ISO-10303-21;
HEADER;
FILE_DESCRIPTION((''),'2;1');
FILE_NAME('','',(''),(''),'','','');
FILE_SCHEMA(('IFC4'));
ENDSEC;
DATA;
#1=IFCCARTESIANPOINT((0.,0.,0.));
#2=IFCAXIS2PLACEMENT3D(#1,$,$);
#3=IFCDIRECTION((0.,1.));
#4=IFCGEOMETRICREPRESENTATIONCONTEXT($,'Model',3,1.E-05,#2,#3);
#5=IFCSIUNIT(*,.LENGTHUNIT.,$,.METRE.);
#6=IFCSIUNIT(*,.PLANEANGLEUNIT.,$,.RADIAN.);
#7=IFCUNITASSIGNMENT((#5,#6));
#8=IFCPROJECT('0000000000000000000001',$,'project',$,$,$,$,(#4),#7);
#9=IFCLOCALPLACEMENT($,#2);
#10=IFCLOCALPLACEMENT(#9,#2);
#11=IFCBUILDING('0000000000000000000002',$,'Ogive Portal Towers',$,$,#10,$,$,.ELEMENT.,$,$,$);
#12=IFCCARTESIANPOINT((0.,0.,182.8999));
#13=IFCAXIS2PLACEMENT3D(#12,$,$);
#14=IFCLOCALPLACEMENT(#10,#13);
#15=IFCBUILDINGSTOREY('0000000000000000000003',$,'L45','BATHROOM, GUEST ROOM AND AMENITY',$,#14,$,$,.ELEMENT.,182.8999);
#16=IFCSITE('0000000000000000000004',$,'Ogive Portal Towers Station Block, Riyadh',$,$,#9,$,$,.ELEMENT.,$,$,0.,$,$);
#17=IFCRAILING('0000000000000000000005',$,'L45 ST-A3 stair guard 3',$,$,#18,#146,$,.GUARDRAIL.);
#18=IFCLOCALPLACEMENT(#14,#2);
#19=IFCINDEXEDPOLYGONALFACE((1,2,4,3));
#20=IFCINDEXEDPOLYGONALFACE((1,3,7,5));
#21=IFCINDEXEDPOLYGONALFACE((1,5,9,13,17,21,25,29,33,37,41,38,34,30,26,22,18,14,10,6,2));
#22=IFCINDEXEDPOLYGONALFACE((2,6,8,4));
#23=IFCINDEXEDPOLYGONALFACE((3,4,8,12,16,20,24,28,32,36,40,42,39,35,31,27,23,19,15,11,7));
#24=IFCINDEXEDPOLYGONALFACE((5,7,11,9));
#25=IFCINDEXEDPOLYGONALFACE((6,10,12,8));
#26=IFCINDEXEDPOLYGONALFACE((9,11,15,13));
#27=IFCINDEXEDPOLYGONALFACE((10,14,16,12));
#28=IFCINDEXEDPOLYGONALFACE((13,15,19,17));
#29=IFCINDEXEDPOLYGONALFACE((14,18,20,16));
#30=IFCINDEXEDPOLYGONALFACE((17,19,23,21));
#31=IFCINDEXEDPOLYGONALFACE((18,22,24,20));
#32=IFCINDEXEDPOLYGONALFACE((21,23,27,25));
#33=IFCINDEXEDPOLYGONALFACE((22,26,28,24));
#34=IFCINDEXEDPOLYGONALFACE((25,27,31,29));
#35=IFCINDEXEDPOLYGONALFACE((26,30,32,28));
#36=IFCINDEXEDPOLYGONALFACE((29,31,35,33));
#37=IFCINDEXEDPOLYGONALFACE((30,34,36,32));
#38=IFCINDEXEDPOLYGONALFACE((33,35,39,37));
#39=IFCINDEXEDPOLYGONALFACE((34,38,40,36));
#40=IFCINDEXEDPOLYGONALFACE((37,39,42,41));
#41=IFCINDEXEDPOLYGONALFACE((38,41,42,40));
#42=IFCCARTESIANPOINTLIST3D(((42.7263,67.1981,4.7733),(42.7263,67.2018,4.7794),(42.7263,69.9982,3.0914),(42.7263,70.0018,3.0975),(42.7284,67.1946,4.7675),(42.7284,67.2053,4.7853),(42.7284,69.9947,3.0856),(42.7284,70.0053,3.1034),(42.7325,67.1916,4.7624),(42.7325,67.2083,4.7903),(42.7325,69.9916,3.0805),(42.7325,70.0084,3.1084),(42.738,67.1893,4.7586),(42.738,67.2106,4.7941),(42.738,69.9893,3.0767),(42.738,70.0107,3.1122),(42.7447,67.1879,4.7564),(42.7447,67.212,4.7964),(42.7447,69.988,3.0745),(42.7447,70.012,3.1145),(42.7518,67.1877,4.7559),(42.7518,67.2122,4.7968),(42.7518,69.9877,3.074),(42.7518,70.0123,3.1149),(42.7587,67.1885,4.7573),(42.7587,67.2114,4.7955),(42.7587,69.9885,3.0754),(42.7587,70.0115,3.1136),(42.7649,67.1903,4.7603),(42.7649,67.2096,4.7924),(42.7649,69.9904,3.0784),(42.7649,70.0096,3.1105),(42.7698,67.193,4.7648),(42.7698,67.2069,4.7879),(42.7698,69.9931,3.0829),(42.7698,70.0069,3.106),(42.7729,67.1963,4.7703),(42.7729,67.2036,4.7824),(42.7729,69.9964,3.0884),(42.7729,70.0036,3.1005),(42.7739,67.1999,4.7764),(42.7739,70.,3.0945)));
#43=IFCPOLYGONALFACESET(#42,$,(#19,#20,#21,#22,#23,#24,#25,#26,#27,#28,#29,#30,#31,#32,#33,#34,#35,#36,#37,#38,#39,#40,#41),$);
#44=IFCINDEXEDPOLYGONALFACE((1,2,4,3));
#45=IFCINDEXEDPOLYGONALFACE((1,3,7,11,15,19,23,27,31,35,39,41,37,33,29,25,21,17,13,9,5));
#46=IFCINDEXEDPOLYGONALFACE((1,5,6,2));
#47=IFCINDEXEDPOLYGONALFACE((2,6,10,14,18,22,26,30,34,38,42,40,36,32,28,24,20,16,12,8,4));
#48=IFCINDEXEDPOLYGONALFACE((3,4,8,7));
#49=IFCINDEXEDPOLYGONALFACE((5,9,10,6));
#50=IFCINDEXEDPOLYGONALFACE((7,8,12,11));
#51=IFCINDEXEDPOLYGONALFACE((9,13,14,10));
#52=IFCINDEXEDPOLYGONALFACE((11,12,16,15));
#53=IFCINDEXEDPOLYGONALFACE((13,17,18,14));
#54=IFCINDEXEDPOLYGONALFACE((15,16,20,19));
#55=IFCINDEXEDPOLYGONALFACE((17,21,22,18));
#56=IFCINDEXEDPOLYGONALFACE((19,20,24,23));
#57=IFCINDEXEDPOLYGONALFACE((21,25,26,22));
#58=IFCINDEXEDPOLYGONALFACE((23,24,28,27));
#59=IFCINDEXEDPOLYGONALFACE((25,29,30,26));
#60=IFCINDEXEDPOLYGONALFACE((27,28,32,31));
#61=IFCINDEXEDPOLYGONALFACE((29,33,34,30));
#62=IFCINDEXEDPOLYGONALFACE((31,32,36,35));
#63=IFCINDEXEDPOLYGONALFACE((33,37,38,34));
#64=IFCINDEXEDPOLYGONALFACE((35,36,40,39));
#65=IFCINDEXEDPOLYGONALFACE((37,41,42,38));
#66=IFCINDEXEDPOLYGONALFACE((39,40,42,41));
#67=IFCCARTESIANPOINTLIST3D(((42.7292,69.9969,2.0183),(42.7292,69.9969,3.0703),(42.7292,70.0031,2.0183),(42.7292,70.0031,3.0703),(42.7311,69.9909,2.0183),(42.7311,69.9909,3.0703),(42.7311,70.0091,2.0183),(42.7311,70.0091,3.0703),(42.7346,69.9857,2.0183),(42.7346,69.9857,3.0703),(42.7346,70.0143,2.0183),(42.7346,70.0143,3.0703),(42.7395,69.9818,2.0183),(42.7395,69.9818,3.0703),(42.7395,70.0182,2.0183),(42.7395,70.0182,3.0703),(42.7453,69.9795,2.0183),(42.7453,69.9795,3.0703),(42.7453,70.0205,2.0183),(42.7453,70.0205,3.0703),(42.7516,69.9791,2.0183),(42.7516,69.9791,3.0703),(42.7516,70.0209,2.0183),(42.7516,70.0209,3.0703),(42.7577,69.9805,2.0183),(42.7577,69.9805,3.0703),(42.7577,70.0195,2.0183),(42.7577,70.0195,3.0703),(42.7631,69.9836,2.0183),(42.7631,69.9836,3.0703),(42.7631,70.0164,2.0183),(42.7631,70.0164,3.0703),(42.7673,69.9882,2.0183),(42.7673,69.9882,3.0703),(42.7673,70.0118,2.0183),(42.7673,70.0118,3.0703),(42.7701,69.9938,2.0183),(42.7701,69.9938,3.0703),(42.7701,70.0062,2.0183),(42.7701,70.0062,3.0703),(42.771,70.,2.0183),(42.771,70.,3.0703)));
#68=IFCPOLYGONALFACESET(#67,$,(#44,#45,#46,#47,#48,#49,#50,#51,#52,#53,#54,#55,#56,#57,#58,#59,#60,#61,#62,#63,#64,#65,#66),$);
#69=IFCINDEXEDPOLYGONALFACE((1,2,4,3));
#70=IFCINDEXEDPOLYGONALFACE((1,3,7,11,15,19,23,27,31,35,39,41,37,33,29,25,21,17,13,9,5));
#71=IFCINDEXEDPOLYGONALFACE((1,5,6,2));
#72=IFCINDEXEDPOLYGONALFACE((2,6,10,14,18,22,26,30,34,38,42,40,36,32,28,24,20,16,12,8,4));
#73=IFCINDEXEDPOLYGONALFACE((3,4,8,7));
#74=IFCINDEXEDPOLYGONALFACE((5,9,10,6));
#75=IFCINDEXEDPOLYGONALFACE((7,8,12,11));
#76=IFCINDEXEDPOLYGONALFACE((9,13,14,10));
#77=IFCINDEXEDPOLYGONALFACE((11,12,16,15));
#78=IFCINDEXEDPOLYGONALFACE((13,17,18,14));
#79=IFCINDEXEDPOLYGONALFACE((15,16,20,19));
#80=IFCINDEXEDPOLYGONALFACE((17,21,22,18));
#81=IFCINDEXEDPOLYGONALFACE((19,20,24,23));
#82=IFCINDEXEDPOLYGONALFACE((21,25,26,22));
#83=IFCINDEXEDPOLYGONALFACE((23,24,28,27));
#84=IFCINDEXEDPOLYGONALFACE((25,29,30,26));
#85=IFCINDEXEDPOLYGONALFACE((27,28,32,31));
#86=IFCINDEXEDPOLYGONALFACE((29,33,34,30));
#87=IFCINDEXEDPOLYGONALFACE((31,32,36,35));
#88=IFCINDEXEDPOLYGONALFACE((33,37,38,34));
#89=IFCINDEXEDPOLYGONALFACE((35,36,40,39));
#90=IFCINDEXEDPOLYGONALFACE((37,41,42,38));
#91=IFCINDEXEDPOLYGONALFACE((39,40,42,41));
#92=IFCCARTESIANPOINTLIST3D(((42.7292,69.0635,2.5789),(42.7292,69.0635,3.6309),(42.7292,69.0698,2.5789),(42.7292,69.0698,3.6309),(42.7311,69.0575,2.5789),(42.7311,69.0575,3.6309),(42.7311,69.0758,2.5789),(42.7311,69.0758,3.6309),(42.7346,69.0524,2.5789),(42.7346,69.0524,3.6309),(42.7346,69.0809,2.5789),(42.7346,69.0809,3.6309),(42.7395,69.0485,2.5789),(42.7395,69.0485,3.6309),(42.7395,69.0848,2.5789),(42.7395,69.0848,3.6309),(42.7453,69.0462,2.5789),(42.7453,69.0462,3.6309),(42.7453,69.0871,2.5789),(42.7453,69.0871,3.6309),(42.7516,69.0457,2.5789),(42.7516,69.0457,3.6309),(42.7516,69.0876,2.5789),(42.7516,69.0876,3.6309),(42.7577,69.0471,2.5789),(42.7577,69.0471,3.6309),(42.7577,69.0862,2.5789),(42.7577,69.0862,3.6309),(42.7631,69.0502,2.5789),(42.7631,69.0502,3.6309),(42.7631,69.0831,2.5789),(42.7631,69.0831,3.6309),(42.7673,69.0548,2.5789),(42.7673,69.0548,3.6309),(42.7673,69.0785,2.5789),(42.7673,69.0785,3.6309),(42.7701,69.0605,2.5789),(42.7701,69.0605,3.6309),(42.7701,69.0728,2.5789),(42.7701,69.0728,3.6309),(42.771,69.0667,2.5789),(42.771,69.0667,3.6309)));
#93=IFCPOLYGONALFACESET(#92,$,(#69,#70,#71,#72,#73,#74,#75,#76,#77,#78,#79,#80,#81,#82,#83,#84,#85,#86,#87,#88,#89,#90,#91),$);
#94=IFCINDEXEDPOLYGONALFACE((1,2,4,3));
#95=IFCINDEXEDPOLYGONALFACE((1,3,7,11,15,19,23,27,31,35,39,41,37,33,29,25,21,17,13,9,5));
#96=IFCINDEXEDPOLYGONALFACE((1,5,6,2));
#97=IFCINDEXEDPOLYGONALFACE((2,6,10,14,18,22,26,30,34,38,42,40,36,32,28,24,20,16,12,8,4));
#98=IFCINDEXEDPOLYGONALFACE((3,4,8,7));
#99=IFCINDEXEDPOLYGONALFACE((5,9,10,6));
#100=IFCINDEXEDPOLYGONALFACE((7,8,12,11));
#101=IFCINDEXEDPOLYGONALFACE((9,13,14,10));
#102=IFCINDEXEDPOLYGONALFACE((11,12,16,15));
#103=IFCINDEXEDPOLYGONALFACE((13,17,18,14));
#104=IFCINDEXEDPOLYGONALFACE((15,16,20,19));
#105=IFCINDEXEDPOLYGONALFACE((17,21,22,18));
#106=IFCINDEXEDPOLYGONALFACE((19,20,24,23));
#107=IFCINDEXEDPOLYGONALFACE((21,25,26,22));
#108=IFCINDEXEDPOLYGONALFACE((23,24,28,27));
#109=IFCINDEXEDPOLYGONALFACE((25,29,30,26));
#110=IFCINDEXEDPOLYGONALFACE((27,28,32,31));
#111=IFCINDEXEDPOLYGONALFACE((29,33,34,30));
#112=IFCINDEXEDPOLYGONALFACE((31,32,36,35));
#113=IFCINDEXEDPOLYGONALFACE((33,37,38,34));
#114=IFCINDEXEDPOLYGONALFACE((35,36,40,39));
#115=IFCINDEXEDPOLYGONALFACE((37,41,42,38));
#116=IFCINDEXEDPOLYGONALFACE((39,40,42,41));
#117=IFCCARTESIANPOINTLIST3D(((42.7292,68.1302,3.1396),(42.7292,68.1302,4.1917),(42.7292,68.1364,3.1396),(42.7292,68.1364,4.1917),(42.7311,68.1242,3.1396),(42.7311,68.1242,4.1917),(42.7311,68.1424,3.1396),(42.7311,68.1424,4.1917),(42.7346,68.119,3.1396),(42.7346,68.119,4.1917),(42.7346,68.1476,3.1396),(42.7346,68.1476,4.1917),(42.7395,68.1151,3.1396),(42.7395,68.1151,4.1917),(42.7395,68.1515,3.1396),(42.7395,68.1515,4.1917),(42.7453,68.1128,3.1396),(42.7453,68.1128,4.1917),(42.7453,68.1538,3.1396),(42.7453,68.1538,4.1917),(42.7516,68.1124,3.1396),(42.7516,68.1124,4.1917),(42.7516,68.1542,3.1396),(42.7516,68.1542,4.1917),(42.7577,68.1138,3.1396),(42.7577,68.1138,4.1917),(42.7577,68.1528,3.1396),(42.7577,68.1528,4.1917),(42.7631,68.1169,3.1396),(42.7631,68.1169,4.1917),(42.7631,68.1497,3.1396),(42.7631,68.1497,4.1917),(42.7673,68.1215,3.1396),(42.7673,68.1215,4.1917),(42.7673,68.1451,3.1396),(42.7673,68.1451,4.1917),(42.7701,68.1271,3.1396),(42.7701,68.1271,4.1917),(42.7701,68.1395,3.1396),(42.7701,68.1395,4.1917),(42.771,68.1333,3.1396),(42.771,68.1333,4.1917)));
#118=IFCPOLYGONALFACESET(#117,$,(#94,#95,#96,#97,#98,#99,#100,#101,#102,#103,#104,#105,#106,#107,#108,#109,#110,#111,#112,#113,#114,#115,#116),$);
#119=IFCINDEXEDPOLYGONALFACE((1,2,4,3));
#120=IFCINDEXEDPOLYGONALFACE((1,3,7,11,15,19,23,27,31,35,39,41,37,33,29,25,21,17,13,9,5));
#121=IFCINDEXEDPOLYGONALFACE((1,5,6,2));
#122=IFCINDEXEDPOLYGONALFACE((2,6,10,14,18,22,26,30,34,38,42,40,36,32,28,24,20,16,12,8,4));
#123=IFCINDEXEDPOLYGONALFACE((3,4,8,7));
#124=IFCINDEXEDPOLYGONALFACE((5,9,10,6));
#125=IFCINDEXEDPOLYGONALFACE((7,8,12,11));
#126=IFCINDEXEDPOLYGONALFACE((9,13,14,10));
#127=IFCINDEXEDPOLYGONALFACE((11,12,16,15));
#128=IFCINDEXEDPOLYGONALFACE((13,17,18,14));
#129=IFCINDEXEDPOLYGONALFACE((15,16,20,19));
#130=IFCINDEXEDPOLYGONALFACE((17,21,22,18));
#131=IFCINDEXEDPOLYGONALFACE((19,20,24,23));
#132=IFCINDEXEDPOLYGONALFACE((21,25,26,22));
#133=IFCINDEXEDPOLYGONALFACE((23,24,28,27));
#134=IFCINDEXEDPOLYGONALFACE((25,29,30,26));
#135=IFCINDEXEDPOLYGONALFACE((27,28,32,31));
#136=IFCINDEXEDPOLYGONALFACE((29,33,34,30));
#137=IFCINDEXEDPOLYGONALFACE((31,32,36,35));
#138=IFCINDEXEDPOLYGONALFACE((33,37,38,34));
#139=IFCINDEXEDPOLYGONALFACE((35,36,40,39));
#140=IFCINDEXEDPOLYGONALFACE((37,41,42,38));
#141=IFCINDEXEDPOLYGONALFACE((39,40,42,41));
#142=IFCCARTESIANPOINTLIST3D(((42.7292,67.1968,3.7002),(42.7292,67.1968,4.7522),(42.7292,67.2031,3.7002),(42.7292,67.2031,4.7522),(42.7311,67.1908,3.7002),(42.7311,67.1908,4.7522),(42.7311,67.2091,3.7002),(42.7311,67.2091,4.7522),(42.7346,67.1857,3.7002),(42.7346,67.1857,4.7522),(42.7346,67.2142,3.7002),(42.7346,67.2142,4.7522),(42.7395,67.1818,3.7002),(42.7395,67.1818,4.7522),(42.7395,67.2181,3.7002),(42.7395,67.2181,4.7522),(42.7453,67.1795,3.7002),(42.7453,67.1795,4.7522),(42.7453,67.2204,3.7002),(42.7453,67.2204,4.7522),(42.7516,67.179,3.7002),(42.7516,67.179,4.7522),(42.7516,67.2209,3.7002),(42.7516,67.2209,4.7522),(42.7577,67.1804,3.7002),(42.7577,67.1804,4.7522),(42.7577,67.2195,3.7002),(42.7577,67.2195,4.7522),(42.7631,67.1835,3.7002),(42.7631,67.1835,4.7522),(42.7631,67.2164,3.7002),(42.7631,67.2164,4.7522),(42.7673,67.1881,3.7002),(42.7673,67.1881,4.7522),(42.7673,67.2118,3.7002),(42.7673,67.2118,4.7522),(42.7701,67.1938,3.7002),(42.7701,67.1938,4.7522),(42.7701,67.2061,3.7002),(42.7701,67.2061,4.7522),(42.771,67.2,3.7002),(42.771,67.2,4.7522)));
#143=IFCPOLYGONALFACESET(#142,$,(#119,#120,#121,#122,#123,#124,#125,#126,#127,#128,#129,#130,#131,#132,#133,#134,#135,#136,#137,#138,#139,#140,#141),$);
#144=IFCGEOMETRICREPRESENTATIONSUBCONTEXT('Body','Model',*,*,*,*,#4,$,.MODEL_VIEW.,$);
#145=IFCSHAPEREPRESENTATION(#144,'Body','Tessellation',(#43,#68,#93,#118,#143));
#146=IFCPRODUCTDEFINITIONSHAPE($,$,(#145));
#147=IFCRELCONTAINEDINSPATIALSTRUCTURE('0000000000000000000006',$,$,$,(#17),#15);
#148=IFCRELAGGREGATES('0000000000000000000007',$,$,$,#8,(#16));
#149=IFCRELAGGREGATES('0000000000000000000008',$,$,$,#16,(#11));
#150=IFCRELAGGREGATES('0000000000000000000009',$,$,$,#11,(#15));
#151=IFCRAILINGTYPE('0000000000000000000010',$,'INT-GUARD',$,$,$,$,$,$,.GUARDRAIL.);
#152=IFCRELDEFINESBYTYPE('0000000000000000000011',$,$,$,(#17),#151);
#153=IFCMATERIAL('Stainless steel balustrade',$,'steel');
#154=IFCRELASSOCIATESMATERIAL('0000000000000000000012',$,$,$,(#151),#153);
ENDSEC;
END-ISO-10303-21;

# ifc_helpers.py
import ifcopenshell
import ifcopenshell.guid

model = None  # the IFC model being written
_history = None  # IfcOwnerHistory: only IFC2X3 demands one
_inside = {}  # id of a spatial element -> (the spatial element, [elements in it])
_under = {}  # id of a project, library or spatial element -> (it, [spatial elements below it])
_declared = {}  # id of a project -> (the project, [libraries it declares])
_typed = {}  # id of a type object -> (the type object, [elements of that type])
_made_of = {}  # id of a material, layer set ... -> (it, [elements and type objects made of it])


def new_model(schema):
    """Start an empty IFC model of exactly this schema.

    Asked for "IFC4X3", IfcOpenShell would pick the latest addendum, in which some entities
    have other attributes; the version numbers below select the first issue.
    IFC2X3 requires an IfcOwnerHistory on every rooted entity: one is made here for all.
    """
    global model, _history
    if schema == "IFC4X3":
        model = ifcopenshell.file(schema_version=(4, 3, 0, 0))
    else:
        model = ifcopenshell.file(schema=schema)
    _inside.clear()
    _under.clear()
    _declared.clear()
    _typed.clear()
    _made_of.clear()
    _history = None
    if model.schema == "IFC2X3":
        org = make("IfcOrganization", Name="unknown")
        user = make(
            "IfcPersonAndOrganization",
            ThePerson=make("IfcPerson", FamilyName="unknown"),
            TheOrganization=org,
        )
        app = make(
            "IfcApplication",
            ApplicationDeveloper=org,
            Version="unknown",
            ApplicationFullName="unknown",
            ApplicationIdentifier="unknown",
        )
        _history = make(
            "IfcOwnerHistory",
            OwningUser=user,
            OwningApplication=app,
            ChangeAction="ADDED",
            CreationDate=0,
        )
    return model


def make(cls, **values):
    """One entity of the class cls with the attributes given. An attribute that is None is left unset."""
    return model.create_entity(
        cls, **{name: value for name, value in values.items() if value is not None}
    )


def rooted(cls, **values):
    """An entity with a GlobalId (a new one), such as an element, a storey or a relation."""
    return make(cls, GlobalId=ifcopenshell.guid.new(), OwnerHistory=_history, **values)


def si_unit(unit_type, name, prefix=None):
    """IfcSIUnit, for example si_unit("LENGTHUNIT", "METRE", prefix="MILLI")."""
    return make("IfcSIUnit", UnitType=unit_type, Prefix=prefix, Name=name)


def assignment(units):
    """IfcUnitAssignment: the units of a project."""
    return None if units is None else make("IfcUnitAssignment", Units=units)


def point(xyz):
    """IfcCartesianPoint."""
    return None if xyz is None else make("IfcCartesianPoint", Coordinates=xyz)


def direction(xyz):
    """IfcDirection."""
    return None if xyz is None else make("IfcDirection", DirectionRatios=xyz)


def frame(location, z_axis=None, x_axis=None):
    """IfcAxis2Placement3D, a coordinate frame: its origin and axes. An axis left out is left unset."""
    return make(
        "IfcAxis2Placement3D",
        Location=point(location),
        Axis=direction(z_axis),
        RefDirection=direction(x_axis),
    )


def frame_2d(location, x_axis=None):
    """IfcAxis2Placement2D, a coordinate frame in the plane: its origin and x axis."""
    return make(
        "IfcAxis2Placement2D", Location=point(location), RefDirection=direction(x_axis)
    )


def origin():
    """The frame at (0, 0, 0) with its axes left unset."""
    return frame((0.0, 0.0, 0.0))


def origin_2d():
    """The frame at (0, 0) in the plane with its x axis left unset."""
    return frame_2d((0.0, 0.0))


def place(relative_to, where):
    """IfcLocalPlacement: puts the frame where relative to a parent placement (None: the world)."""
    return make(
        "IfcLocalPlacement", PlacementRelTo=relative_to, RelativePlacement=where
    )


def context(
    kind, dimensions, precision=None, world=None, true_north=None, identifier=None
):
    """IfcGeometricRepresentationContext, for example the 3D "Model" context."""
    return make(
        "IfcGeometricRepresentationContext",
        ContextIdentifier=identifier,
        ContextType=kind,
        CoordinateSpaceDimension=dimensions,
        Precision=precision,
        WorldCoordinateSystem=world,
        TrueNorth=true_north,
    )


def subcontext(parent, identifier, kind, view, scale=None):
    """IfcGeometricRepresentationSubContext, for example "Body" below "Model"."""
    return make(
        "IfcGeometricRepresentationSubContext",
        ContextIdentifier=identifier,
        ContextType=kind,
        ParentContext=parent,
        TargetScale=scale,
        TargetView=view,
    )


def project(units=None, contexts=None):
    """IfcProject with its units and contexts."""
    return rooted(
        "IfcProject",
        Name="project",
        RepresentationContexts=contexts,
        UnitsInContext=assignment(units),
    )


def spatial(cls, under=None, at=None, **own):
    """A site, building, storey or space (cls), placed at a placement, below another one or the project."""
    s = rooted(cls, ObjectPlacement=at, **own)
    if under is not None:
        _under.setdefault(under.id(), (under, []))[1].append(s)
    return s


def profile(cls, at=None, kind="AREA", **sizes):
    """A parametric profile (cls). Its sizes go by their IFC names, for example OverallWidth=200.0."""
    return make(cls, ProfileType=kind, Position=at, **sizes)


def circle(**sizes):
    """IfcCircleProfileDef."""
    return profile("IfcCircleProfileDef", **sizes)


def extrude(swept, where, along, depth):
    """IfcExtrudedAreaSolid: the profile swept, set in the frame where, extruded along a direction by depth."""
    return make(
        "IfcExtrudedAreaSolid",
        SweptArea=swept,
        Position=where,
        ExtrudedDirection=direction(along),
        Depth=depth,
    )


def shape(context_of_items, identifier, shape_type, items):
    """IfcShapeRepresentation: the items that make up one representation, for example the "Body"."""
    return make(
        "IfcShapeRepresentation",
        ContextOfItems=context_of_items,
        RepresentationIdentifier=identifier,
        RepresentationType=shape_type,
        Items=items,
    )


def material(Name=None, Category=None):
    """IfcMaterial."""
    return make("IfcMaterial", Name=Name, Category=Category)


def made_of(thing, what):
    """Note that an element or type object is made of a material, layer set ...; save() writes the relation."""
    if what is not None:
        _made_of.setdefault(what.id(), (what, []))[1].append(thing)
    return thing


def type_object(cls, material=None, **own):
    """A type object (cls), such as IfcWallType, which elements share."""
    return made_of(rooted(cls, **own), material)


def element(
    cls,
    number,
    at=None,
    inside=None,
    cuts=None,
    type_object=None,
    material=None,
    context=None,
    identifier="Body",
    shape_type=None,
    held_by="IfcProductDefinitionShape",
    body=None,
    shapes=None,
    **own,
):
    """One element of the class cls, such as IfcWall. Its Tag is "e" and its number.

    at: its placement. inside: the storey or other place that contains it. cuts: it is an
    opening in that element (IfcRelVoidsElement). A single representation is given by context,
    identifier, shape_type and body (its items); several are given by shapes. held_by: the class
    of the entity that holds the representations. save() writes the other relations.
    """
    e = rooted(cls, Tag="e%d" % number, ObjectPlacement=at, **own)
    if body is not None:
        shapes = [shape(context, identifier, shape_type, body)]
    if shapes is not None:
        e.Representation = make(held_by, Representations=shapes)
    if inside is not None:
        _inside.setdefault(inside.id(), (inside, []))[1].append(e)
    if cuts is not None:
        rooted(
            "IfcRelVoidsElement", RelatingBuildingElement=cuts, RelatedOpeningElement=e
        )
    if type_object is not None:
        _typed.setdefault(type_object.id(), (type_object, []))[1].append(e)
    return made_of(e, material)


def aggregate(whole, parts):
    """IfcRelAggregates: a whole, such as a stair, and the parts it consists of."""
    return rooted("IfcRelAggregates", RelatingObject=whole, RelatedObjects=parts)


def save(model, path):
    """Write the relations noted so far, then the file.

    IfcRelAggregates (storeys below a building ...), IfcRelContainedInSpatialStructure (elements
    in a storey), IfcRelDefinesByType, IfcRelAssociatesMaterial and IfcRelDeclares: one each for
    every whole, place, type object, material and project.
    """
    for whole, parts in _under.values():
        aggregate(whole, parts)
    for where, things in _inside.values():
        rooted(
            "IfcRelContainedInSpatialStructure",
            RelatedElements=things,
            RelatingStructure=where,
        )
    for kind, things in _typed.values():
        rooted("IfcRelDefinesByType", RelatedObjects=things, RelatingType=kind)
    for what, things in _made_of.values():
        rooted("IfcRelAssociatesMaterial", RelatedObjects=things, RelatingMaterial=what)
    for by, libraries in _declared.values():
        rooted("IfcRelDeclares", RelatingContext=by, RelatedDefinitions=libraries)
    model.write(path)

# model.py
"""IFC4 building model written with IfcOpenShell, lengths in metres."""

from ifc_helpers import new_model, si_unit, direction, frame, origin, origin_2d, place, context, subcontext, project, spatial, circle, extrude, material, type_object, element, save


model = new_model("IFC4")

# Units and contexts
model_context = context("Model", 3, precision=1e-05, world=origin(), true_north=direction((0.0, 1.0)))
body_context = subcontext(model_context, "Body", "Model", "MODEL_VIEW")
ifc_project = project(units=[si_unit("LENGTHUNIT", "METRE"), si_unit("PLANEANGLEUNIT", "RADIAN")], contexts=[model_context])

# Site, building, storey
site_placement = place(None, origin())
site = spatial("IfcSite", under=ifc_project, at=site_placement, Name="Ogive Portal Towers Station Block, Riyadh", CompositionType="ELEMENT", RefElevation=0.0)
building_placement = place(site_placement, origin())
building = spatial("IfcBuilding", under=site, at=building_placement, Name="Ogive Portal Towers", CompositionType="ELEMENT")
storey_placement = place(building_placement, frame((0.0, 0.0, 182.8999)))
storey = spatial("IfcBuildingStorey", under=building, at=storey_placement, Name="L45", Description="BATHROOM, GUEST ROOM AND AMENITY", CompositionType="ELEMENT", Elevation=182.8999)

# Railing
ifc_material_1 = material(Name="Stainless steel balustrade", Category="steel")
railing_type_1 = type_object("IfcRailingType", Name="INT-GUARD", PredefinedType="GUARDRAIL", material=ifc_material_1)
railing_1_placement = place(storey_placement, frame((42.75, 70.0, 2.0183)))
element("IfcRailing", 1, at=railing_1_placement, inside=storey, type_object=railing_type_1, Name="L45 ST-A3 stair guard 3", PredefinedType="GUARDRAIL", context=body_context, shape_type="SweptSolid", body=[
    extrude(circle(Radius=0.0239, at=origin_2d()), frame((0.0, 0.0, 1.0762), z_axis=(0.0, -0.857242, 0.514913), x_axis=(1.0, 0.0, 0.0)), (0.0, 0.0, 1.0), 3.2664),
    extrude(circle(Radius=0.021, at=origin_2d()), origin(), (0.0, 0.0, 1.0), 1.052),
    extrude(circle(Radius=0.021, at=origin_2d()), frame((0.0, -0.9333, 0.5605)), (0.0, 0.0, 1.0), 1.052),
    extrude(circle(Radius=0.021, at=origin_2d()), frame((0.0, -1.8667, 1.1213)), (0.0, 0.0, 1.0), 1.052),
    extrude(circle(Radius=0.021, at=origin_2d()), frame((0.0, -2.8, 1.6819)), (0.0, 0.0, 1.0), 1.052),
])

save(model, "model.ifc")
